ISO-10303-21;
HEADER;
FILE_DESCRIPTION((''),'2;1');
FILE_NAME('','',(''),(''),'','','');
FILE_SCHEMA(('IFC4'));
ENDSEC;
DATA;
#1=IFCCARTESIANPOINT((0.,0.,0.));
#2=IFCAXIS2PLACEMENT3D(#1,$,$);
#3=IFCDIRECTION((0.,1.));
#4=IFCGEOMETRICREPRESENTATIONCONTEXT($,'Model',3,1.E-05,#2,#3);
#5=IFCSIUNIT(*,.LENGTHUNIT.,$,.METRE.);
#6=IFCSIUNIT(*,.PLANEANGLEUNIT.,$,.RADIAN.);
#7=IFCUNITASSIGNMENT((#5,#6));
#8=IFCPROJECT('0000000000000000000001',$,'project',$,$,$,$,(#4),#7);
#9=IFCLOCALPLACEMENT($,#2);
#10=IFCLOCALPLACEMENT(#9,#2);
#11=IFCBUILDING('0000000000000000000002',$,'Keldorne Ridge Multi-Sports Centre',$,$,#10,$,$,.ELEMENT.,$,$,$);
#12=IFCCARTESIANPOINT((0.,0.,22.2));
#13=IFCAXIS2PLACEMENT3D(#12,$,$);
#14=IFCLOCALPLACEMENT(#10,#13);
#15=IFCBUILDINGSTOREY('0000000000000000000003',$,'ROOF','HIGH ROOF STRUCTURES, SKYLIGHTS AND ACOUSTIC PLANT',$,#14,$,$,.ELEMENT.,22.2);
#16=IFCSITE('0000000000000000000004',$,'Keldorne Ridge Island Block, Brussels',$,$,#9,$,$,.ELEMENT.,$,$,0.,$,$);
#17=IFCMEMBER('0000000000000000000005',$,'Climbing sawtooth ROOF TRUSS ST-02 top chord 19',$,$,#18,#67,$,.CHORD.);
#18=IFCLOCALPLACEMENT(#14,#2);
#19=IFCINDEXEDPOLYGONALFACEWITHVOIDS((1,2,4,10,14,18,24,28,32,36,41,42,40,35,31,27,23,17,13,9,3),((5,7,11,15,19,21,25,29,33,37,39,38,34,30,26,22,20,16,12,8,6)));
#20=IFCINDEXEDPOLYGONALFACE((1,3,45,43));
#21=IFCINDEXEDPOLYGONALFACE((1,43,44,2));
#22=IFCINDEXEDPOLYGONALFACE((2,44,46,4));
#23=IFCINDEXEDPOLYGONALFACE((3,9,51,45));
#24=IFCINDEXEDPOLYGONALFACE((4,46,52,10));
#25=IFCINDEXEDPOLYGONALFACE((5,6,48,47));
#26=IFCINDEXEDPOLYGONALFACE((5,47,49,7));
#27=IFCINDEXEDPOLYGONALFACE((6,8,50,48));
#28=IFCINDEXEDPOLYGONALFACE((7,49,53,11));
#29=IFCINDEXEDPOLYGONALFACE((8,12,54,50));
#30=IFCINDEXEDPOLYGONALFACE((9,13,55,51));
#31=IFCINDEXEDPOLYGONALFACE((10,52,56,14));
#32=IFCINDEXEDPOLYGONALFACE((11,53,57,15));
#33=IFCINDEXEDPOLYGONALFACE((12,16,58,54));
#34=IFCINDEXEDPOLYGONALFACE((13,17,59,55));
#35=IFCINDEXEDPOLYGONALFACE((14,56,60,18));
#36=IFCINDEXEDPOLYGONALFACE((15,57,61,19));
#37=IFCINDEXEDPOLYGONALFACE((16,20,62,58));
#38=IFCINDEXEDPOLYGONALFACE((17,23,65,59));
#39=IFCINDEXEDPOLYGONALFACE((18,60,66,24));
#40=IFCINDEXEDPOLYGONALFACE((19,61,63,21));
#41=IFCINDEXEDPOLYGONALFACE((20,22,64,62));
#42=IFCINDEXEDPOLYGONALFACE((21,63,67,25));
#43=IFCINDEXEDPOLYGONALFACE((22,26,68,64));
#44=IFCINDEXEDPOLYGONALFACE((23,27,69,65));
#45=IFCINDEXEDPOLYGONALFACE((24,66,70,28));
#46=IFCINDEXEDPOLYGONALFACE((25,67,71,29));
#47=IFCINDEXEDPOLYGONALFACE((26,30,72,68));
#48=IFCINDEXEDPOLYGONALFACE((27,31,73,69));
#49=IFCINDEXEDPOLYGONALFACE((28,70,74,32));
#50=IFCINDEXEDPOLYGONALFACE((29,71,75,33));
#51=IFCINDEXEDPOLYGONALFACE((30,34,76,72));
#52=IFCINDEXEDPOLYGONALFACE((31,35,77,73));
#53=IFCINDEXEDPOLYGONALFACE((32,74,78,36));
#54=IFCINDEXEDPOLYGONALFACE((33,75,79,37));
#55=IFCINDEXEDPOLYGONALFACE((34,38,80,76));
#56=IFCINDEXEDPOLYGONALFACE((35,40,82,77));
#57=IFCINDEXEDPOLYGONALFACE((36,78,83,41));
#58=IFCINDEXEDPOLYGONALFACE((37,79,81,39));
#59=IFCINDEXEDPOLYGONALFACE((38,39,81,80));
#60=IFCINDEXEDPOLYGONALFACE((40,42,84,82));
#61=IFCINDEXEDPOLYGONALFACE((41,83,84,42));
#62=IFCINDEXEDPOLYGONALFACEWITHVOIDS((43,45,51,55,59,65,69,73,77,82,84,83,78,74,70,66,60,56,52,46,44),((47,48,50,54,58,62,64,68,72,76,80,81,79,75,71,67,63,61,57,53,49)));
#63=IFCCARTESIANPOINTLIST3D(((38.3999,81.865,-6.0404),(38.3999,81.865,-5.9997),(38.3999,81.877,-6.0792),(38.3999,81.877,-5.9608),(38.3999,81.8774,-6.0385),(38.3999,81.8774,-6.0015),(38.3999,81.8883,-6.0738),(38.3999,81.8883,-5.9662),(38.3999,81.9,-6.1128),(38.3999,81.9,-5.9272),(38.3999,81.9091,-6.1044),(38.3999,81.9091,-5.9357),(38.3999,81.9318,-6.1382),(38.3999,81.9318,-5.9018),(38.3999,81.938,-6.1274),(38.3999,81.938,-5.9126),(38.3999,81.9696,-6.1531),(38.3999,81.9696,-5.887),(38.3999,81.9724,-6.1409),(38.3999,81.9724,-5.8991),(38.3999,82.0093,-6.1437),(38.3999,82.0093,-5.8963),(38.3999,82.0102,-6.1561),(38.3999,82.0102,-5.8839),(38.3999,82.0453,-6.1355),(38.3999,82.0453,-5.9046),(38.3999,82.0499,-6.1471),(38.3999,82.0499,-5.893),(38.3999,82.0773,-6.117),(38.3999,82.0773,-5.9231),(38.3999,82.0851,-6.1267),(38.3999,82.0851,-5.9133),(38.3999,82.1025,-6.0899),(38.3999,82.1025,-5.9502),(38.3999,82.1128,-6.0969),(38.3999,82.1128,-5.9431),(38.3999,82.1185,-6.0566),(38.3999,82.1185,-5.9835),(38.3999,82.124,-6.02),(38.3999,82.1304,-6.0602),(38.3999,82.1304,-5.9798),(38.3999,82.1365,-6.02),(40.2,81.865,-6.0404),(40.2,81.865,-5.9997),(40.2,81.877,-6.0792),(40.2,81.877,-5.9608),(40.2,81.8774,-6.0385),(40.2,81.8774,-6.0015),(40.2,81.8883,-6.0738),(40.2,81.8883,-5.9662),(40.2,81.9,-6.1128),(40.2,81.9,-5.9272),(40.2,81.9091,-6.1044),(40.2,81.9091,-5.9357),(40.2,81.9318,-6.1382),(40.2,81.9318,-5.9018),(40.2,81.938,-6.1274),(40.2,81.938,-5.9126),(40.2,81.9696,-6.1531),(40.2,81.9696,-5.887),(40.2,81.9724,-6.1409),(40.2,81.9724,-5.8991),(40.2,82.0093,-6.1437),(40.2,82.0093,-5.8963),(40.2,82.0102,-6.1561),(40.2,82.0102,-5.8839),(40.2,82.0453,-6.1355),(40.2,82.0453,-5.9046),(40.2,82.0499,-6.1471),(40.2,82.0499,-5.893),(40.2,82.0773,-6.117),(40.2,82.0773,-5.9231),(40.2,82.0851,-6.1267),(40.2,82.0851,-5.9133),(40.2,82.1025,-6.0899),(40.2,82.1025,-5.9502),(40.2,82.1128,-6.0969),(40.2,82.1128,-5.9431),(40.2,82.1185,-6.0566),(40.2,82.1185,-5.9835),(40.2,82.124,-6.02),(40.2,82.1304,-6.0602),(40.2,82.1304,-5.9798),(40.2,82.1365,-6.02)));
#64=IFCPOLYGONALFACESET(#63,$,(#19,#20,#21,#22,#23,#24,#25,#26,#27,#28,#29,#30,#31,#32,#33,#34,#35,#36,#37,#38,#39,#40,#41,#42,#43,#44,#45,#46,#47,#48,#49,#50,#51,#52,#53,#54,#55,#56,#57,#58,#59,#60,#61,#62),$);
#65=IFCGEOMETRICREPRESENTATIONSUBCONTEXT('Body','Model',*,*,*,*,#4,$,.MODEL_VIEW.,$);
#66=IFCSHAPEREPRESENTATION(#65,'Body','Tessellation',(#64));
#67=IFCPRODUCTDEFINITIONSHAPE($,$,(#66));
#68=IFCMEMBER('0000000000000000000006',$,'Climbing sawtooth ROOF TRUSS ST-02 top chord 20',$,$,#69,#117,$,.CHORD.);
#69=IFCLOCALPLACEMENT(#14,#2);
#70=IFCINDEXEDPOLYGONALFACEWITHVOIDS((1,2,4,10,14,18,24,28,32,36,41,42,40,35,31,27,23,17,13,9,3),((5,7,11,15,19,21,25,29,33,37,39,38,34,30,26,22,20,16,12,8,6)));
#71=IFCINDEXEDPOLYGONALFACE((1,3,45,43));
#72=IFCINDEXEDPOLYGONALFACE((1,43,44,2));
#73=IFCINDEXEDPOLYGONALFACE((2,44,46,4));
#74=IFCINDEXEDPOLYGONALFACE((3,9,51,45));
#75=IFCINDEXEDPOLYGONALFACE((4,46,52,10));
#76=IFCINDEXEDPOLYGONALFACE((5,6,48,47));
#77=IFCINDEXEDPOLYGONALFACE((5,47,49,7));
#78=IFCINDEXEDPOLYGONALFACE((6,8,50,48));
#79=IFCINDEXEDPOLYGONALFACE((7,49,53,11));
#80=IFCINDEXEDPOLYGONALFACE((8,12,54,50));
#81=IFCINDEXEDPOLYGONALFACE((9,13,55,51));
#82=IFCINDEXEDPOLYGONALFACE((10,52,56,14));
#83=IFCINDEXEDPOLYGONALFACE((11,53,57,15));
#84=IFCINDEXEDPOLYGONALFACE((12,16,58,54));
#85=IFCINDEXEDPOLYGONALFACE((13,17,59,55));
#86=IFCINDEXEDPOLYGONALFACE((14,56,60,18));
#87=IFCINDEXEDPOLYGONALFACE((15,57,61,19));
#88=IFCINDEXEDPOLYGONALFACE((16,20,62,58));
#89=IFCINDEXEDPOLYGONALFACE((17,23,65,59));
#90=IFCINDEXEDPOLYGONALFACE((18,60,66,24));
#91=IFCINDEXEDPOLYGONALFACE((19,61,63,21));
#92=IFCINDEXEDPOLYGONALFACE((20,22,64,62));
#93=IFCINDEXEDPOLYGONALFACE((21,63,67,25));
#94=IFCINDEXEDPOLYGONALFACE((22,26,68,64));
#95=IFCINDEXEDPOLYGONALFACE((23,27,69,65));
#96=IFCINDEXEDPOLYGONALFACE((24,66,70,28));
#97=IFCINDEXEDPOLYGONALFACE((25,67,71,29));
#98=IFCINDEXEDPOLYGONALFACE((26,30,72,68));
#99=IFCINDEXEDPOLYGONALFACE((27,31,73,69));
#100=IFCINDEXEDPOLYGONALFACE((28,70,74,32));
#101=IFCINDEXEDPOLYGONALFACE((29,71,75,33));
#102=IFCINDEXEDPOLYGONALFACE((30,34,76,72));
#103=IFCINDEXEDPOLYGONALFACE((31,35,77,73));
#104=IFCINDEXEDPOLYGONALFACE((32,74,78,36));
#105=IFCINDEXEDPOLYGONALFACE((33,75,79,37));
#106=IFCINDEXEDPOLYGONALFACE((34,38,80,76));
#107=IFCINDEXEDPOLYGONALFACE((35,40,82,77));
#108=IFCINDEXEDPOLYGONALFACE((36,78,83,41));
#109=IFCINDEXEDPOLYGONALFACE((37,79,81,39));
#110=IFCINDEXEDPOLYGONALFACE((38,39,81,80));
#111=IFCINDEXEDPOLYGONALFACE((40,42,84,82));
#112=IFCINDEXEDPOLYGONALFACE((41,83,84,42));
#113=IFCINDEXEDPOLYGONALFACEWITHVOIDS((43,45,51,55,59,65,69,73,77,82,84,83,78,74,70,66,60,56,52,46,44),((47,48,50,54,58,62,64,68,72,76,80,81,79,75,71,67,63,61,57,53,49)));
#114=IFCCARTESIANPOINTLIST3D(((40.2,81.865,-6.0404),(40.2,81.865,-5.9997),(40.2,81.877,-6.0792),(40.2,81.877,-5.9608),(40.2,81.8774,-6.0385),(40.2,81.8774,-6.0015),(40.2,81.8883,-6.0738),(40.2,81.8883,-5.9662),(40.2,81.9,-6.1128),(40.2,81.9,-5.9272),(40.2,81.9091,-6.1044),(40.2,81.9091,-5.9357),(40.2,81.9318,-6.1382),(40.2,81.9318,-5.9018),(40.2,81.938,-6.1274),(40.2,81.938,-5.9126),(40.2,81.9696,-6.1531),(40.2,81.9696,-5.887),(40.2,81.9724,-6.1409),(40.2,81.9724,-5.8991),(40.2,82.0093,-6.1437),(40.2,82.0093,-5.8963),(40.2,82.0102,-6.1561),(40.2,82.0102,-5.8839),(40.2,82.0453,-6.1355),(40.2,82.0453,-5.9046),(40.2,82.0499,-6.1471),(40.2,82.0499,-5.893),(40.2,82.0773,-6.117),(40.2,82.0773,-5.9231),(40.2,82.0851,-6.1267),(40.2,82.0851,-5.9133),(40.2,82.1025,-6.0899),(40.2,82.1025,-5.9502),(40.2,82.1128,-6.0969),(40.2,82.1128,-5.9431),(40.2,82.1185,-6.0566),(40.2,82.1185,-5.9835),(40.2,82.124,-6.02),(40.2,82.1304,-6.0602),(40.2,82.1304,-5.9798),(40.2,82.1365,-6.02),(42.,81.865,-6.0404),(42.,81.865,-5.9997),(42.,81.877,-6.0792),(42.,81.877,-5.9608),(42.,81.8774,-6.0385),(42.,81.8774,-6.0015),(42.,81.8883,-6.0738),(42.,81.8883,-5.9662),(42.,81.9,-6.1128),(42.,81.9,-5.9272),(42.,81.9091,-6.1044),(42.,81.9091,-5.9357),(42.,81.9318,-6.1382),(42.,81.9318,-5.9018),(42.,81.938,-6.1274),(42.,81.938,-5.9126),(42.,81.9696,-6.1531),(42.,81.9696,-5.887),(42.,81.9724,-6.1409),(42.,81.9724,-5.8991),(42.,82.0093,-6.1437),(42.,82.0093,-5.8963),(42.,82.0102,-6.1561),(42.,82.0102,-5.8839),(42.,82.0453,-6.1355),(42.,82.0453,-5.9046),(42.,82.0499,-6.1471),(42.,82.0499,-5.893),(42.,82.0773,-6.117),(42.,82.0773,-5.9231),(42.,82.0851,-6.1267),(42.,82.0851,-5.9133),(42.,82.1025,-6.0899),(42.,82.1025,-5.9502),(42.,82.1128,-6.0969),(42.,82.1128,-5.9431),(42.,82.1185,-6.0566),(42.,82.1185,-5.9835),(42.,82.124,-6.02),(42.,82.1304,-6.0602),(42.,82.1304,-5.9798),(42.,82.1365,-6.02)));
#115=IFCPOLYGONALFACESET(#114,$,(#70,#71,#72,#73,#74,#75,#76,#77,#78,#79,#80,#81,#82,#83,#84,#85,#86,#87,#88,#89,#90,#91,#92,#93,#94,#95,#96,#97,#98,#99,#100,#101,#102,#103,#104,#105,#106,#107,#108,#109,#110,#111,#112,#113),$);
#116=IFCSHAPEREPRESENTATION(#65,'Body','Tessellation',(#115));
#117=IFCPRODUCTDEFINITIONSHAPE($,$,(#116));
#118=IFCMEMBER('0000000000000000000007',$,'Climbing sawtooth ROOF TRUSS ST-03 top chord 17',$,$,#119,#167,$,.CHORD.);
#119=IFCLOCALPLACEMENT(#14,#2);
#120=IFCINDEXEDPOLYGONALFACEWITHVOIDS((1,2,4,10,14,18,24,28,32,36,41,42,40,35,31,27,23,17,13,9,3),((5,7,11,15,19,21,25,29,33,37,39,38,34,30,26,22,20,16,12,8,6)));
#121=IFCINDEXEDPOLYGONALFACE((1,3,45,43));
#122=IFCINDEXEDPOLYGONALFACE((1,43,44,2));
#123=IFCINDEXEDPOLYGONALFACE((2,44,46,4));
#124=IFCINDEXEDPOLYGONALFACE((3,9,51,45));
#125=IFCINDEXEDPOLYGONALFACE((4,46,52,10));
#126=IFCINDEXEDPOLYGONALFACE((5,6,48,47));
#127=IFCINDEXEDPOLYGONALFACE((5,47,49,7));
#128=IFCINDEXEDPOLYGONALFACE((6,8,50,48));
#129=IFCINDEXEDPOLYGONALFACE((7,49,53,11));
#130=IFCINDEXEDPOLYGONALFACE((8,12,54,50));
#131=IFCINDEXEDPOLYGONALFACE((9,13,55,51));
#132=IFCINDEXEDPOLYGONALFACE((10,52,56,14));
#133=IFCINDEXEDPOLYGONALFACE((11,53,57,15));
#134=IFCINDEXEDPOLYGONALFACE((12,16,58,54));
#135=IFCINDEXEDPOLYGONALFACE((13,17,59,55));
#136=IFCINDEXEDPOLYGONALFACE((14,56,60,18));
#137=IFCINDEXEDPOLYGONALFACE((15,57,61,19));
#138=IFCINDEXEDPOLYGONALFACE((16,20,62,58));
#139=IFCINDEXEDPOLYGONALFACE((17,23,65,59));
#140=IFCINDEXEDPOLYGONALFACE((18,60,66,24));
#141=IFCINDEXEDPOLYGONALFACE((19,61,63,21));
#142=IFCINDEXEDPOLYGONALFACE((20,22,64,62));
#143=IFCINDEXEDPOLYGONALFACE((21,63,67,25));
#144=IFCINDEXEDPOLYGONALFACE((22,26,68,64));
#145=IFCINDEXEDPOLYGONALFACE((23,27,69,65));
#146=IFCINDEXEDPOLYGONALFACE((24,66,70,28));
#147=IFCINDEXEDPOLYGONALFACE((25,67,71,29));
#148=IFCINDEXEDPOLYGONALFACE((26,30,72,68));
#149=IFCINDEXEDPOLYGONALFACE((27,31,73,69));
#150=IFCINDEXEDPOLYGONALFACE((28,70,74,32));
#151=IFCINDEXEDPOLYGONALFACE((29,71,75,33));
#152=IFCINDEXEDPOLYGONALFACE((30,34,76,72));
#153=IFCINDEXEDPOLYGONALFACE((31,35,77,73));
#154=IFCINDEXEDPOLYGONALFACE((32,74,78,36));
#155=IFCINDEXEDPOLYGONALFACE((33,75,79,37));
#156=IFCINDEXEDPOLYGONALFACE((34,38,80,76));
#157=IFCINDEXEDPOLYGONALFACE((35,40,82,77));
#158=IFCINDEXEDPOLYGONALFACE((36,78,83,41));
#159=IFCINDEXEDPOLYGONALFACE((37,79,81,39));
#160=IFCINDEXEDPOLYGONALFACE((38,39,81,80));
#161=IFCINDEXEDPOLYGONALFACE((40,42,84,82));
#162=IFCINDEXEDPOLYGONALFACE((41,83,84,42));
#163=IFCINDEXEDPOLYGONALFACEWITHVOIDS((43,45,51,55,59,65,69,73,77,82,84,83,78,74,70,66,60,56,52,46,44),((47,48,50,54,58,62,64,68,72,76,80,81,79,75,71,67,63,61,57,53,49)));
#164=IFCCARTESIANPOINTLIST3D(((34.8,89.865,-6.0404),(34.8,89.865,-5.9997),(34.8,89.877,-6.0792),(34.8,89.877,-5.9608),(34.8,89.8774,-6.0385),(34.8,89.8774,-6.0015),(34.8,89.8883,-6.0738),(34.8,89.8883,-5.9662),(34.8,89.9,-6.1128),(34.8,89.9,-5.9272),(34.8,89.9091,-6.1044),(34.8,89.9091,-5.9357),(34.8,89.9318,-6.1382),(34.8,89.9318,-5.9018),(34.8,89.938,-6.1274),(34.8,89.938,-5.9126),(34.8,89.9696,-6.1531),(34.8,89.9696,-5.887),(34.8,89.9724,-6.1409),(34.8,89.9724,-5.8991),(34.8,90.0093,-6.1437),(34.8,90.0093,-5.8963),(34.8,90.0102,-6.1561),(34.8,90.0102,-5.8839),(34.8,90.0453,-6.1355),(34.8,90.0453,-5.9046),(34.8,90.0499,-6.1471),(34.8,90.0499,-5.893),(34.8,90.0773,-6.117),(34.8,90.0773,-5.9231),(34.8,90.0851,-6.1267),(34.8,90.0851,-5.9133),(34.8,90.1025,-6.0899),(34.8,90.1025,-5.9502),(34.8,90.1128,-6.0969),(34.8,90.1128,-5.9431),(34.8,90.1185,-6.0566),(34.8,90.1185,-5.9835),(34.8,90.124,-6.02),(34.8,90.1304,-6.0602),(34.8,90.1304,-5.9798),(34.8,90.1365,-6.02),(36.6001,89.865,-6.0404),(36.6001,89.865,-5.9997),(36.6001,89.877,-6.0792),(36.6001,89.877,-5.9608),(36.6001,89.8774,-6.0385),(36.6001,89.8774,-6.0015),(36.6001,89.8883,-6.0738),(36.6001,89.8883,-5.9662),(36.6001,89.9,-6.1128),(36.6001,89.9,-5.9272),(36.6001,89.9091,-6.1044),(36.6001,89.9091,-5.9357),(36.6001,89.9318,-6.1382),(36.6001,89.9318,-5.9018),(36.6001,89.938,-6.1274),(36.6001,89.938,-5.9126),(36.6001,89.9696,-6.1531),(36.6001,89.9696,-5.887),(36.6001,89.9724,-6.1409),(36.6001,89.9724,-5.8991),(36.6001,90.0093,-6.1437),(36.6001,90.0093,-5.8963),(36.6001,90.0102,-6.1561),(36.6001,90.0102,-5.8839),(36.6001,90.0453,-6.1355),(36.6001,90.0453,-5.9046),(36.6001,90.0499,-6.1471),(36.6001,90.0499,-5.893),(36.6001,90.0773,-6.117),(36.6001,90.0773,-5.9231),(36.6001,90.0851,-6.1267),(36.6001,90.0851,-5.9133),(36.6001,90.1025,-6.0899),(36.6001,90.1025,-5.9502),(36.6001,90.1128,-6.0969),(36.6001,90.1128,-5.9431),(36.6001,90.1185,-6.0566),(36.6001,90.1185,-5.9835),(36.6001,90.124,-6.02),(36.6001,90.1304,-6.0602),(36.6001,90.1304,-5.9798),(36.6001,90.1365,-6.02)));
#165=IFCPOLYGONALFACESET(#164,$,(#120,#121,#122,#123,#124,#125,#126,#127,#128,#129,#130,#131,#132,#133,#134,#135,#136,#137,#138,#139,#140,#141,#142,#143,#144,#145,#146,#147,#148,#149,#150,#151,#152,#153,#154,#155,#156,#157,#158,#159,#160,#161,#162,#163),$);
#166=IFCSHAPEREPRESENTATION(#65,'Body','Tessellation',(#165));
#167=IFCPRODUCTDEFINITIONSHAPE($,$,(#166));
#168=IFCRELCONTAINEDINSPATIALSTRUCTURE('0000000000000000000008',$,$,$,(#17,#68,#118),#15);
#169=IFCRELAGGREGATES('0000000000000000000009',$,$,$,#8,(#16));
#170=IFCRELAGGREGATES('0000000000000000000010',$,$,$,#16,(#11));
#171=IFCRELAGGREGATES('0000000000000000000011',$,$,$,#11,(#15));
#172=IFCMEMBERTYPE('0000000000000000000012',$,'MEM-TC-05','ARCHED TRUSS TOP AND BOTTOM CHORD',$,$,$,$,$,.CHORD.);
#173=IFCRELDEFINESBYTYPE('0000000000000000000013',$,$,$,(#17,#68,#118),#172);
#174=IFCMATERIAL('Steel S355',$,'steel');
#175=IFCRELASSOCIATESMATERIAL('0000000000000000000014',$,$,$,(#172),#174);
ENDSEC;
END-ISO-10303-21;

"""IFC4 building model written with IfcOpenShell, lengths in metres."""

from ifc_helpers import new_model, si_unit, direction, frame, origin, origin_2d, place, context, subcontext, project, spatial, hollow_circle, extrude, material, material_profile, profile_set, type_object, element, save


model = new_model("IFC4")

# Units and contexts
model_context = context("Model", 3, precision=1e-05, world=origin(), true_north=direction((0.0, 1.0)))
body_context = subcontext(model_context, "Body", "Model", "MODEL_VIEW")
ifc_project = project(units=[si_unit("LENGTHUNIT", "METRE"), si_unit("PLANEANGLEUNIT", "RADIAN")], contexts=[model_context])

# Site, building, storey
site_placement = place(None, origin())
site = spatial("IfcSite", under=ifc_project, at=site_placement, Name="Keldorne Ridge Island Block, Brussels", CompositionType="ELEMENT", RefElevation=0.0)
building_placement = place(site_placement, origin())
building = spatial("IfcBuilding", under=site, at=building_placement, Name="Keldorne Ridge Multi-Sports Centre", CompositionType="ELEMENT")
storey_placement = place(building_placement, frame((0.0, 0.0, 22.2)))
storey = spatial("IfcBuildingStorey", under=building, at=storey_placement, Name="ROOF", Description="HIGH ROOF STRUCTURES, SKYLIGHTS AND ACOUSTIC PLANT", CompositionType="ELEMENT", Elevation=22.2)

# Shared definitions
ifc_material_1 = material(Name="Steel S355", Category="steel")

# Members
ifc_material_profile_1 = material_profile(ifc_material_1, hollow_circle(Radius=0.1365, WallThickness=0.0125, at=origin_2d()), Name="CHS 273x12.5")
ifc_profile_set_1 = profile_set([ifc_material_profile_1], Name="Steel S355")
member_type_1 = type_object("IfcMemberType", Name="MEM-TC-05", Description="ARCHED TRUSS TOP AND BOTTOM CHORD", PredefinedType="CHORD", material=ifc_profile_set_1)
for number, where, z_axis, x_axis, name in (
    (1, (38.3999, 82.0, -6.02), (1.0, 0.0, 0.0), (0.0, 1.0, 0.0), "Climbing sawtooth ROOF TRUSS ST-02 top chord 19"),
    (2, (40.2, 82.0, -6.02), (1.0, 0.0, 0.0), (0.0, 1.0, 0.0), "Climbing sawtooth ROOF TRUSS ST-02 top chord 20"),
    (3, (34.8, 90.0, -6.02), (1.0, 0.0, 0.0), (0.0, 1.0, 0.0), "Climbing sawtooth ROOF TRUSS ST-03 top chord 17"),
):
    element("IfcMember", number, at=place(storey_placement, frame(where, z_axis=z_axis, x_axis=x_axis)), inside=storey, type_object=member_type_1, Name=name, PredefinedType="CHORD", context=body_context, shape_type="SweptSolid", body=[
        extrude(hollow_circle(Radius=0.1365, WallThickness=0.0125, at=origin_2d()), origin(), (0.0, 0.0, 1.0), 1.8),
    ])

save(model, "model.ifc")
